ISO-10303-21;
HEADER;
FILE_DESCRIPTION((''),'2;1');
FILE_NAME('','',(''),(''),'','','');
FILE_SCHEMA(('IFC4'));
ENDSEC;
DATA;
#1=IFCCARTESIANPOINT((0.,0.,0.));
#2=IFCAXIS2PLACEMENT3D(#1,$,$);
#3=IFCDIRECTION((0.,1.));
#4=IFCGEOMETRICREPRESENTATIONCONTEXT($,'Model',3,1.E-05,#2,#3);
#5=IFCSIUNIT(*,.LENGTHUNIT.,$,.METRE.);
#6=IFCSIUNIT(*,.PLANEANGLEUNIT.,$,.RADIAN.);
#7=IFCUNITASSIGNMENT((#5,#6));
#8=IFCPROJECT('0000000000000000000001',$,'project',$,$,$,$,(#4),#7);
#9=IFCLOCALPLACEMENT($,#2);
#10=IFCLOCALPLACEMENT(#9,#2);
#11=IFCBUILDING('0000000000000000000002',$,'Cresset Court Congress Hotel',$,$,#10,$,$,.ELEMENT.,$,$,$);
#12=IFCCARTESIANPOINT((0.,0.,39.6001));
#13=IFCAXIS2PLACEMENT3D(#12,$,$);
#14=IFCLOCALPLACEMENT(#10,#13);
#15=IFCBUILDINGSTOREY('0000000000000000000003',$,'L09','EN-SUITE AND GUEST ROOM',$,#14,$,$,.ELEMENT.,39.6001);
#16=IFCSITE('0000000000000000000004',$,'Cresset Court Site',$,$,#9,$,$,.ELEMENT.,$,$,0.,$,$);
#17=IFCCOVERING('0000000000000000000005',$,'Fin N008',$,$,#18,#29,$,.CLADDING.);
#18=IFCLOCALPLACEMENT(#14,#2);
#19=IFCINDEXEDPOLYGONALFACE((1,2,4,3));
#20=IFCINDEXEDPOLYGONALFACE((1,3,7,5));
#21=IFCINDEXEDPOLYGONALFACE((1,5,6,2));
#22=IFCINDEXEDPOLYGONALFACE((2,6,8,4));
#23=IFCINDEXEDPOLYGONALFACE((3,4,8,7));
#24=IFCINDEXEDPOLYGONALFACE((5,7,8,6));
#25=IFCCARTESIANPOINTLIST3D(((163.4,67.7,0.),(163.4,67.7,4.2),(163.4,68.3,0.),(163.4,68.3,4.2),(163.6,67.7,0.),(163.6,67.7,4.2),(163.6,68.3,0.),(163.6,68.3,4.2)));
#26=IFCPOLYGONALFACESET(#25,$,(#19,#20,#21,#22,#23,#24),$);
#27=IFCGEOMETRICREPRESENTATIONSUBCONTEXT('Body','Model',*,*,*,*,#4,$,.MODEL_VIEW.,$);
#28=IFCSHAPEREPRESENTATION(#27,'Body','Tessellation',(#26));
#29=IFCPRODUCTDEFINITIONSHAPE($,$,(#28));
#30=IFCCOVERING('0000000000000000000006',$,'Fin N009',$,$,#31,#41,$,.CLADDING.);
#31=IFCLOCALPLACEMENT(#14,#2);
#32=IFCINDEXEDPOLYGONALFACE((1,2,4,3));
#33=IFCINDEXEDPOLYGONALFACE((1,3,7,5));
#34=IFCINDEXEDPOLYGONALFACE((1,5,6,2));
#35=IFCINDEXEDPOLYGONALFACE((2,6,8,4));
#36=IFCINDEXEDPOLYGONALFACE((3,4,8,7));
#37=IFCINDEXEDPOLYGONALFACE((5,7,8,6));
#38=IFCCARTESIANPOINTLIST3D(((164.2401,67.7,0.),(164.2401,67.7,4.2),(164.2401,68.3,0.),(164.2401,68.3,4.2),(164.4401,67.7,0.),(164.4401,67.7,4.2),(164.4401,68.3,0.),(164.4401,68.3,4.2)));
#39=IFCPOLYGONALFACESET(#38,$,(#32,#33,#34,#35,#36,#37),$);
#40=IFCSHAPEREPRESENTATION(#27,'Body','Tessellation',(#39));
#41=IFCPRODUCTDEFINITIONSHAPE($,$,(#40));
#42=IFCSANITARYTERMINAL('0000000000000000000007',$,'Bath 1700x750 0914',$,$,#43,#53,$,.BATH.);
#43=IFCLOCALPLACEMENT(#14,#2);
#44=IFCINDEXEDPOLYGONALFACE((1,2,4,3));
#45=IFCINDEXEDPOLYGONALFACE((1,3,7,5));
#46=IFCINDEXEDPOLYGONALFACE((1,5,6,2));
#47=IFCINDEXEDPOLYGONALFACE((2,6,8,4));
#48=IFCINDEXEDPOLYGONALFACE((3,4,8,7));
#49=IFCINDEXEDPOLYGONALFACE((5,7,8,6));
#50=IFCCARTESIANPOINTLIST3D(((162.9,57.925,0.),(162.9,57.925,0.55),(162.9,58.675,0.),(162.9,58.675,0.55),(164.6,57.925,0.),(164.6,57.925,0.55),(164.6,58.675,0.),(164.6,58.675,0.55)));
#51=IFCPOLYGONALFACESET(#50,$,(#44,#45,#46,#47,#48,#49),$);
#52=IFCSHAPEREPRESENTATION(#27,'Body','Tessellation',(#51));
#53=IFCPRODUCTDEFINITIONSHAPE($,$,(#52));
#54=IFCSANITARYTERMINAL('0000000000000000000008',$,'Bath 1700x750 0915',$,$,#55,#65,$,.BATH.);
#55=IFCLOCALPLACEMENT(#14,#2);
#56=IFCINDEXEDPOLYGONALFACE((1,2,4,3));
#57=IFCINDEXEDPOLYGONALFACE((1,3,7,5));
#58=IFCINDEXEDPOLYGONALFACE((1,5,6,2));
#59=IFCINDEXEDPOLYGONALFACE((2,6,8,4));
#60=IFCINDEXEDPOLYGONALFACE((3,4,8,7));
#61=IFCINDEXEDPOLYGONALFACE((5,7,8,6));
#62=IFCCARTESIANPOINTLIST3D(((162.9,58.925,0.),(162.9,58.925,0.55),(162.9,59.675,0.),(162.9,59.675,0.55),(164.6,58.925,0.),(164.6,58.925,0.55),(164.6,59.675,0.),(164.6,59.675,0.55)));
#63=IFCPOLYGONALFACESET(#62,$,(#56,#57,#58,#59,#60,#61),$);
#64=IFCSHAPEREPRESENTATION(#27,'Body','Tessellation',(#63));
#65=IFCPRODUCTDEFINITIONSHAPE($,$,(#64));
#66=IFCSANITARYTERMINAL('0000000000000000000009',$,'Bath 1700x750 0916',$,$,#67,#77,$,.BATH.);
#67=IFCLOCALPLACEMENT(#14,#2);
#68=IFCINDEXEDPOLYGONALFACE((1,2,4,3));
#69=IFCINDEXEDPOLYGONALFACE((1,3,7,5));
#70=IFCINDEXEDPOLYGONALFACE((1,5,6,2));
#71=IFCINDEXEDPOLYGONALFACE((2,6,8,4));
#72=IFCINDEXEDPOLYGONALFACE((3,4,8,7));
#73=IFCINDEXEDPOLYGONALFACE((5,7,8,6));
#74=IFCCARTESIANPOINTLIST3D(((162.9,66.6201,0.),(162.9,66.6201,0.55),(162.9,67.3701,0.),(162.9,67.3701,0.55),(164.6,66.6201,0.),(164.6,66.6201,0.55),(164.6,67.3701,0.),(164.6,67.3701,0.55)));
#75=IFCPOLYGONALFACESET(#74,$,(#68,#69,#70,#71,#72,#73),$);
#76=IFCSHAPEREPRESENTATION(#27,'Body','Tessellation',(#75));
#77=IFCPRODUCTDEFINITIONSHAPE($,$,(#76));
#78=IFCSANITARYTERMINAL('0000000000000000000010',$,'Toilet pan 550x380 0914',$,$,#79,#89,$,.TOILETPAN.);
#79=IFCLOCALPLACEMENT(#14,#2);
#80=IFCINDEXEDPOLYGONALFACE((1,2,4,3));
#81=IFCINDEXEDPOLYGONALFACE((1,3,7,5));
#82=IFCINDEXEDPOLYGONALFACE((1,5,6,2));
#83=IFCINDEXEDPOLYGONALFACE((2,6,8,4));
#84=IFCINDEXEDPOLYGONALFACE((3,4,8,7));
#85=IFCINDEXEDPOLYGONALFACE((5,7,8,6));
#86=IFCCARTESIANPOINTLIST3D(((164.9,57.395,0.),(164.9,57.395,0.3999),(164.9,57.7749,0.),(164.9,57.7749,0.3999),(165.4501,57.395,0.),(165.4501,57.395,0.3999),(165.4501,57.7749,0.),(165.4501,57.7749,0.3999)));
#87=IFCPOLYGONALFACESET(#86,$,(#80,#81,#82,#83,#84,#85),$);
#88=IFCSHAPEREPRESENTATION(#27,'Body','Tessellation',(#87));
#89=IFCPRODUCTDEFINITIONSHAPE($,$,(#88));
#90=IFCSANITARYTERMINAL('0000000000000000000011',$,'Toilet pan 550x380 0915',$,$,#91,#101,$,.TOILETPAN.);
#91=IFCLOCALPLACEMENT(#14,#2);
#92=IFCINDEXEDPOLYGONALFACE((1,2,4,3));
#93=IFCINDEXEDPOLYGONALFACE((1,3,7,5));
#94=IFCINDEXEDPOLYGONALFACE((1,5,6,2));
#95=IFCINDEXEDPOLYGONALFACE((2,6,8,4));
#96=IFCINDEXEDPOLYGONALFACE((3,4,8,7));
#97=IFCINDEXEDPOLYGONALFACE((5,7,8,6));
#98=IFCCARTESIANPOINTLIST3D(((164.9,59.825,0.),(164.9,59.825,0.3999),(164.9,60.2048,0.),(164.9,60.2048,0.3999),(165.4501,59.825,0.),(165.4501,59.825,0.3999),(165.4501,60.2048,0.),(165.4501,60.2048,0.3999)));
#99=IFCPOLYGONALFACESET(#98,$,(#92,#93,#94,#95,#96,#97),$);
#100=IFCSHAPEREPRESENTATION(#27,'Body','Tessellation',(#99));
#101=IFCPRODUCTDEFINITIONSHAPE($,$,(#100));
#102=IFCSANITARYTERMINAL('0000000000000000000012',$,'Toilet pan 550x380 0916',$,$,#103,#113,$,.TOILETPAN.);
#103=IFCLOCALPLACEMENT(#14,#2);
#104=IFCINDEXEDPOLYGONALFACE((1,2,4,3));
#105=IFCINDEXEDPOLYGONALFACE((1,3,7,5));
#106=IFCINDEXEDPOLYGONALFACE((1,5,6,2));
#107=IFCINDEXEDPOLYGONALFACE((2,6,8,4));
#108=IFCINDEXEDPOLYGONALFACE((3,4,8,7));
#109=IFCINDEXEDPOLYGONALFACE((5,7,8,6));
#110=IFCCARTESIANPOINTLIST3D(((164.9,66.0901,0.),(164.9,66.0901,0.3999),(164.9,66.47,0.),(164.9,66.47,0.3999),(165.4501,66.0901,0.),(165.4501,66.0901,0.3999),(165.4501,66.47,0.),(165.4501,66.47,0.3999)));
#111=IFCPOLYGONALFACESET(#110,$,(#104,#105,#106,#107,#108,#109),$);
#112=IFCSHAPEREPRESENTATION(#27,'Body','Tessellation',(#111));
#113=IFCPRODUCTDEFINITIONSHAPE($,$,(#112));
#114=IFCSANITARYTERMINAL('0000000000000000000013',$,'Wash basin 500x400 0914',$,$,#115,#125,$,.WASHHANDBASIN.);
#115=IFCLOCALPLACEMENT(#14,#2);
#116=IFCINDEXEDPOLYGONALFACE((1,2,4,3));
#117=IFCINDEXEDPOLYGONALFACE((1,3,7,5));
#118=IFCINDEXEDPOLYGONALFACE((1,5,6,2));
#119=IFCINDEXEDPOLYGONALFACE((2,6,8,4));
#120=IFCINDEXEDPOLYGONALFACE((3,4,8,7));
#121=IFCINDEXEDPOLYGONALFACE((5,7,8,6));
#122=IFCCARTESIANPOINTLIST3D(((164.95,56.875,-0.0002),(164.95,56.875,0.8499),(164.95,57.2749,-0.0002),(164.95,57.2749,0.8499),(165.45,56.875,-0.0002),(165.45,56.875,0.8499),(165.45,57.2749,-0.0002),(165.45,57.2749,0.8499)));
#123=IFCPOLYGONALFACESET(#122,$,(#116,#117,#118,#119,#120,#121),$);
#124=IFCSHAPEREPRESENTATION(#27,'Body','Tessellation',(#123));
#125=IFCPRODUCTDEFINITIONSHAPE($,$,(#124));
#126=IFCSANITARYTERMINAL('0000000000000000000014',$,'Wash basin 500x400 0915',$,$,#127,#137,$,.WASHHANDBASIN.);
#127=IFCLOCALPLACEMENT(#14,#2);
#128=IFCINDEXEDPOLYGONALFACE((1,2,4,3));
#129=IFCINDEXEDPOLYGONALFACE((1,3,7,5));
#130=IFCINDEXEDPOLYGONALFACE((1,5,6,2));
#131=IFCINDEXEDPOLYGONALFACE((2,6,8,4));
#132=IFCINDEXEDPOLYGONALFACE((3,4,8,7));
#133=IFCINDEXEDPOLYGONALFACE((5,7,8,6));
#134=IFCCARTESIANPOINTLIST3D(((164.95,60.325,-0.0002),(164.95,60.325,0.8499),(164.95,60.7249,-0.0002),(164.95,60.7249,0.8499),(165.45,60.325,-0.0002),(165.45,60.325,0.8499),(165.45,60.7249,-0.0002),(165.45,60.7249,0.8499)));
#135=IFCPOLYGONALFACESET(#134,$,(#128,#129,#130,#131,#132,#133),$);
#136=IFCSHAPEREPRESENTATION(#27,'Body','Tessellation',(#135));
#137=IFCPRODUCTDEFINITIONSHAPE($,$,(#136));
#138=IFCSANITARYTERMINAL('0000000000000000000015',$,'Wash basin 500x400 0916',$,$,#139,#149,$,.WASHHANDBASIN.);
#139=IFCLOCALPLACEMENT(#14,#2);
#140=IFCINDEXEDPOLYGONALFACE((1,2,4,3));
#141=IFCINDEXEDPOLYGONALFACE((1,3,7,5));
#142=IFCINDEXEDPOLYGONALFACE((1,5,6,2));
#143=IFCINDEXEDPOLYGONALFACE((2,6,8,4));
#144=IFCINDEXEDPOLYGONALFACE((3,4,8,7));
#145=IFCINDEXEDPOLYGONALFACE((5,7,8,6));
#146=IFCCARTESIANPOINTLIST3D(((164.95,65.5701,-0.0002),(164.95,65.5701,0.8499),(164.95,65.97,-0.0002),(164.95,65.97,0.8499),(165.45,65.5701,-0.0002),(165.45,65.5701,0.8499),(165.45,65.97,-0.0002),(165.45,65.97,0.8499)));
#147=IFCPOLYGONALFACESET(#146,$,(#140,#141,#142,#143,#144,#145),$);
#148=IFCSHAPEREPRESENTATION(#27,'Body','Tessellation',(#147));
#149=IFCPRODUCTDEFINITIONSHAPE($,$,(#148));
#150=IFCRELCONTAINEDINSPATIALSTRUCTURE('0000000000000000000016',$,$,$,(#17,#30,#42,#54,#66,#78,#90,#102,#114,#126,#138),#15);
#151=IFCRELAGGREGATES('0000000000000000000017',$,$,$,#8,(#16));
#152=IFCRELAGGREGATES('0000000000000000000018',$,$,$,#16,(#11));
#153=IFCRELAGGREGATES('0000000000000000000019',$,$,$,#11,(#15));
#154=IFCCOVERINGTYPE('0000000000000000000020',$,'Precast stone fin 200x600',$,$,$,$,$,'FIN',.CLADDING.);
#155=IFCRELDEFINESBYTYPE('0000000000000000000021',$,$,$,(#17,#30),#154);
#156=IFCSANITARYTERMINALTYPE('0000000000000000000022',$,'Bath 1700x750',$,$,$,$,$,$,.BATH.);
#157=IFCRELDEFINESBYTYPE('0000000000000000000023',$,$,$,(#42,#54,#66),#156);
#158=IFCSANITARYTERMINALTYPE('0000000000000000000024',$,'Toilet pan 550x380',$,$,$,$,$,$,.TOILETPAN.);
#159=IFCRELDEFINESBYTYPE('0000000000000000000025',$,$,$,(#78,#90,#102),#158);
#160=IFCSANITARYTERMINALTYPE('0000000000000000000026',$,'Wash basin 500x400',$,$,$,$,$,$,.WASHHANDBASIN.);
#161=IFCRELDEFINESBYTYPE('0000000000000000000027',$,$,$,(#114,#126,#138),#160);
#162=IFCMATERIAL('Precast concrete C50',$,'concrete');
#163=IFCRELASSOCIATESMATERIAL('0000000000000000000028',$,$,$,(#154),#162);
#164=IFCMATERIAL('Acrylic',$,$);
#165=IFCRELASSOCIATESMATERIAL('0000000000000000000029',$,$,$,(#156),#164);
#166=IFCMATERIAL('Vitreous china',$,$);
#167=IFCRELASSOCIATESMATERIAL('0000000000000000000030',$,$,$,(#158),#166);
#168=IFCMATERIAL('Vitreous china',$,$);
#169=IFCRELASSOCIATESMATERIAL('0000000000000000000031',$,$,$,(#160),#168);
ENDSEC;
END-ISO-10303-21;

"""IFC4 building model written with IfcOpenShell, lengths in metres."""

from ifc_helpers import new_model, si_unit, direction, frame, origin, origin_2d, place, context, subcontext, project, spatial, rectangle, extrude, material, type_object, element, save


model = new_model("IFC4")

# Units and contexts
model_context = context("Model", 3, precision=1e-05, world=origin(), true_north=direction((0.0, 1.0)))
body_context = subcontext(model_context, "Body", "Model", "MODEL_VIEW")
ifc_project = project(units=[si_unit("LENGTHUNIT", "METRE"), si_unit("PLANEANGLEUNIT", "RADIAN")], contexts=[model_context])

# Site, building, storey
site_placement = place(None, origin())
site = spatial("IfcSite", under=ifc_project, at=site_placement, Name="Cresset Court Site", CompositionType="ELEMENT", RefElevation=0.0)
building_placement = place(site_placement, origin())
building = spatial("IfcBuilding", under=site, at=building_placement, Name="Cresset Court Congress Hotel", CompositionType="ELEMENT")
storey_placement = place(building_placement, frame((0.0, 0.0, 39.6001)))
storey = spatial("IfcBuildingStorey", under=building, at=storey_placement, Name="L09", Description="EN-SUITE AND GUEST ROOM", CompositionType="ELEMENT", Elevation=39.6001)

# Coverings
ifc_material_1 = material(Name="Precast concrete C50", Category="concrete")
covering_type = type_object("IfcCoveringType", Name="Precast stone fin 200x600", ElementType="FIN", PredefinedType="CLADDING", material=ifc_material_1)
for number, where, z_axis, x_axis, name in (
    (1, (163.5, 68.0, 0.0), (0.0, 0.0, 1.0), (1.0, 0.0, 0.0), "Fin N008"),
    (2, (164.3401, 68.0, 0.0), (0.0, 0.0, 1.0), (1.0, 0.0, 0.0), "Fin N009"),
):
    element("IfcCovering", number, at=place(storey_placement, frame(where, z_axis=z_axis, x_axis=x_axis)), inside=storey, type_object=covering_type, Name=name, PredefinedType="CLADDING", context=body_context, shape_type="SweptSolid", body=[
        extrude(rectangle(XDim=0.2, YDim=0.6001, at=origin_2d()), origin(), (0.0, 0.0, 1.0), 4.2),
    ])

# Sanitary terminals
ifc_material_2 = material(Name="Acrylic")
sanitary_terminal_type_1 = type_object("IfcSanitaryTerminalType", Name="Bath 1700x750", PredefinedType="BATH", material=ifc_material_2)
for number, where, z_axis, x_axis, name in (
    (3, (163.75, 58.3, 0.0), (0.0, 0.0, 1.0), (1.0, 0.0, 0.0), "Bath 1700x750 0914"),
    (4, (163.75, 59.3, 0.0), (0.0, 0.0, 1.0), (1.0, 0.0, 0.0), "Bath 1700x750 0915"),
    (5, (163.75, 66.9951, 0.0), (0.0, 0.0, 1.0), (1.0, 0.0, 0.0), "Bath 1700x750 0916"),
):
    element("IfcSanitaryTerminal", number, at=place(storey_placement, frame(where, z_axis=z_axis, x_axis=x_axis)), inside=storey, type_object=sanitary_terminal_type_1, Name=name, PredefinedType="BATH", context=body_context, shape_type="SweptSolid", body=[
        extrude(rectangle(XDim=1.7, YDim=0.75, at=origin_2d()), origin(), (0.0, 0.0, 1.0), 0.55),
    ])
ifc_material_3 = material(Name="Vitreous china")
sanitary_terminal_type_2 = type_object("IfcSanitaryTerminalType", Name="Toilet pan 550x380", PredefinedType="TOILETPAN", material=ifc_material_3)
for number, where, z_axis, x_axis, name in (
    (6, (165.175, 57.585, 0.0), (0.0, 0.0, 1.0), (1.0, 0.0, 0.0), "Toilet pan 550x380 0914"),
    (7, (165.175, 60.0149, 0.0), (0.0, 0.0, 1.0), (1.0, 0.0, 0.0), "Toilet pan 550x380 0915"),
    (8, (165.175, 66.28, 0.0), (0.0, 0.0, 1.0), (1.0, 0.0, 0.0), "Toilet pan 550x380 0916"),
):
    element("IfcSanitaryTerminal", number, at=place(storey_placement, frame(where, z_axis=z_axis, x_axis=x_axis)), inside=storey, type_object=sanitary_terminal_type_2, Name=name, PredefinedType="TOILETPAN", context=body_context, shape_type="SweptSolid", body=[
        extrude(rectangle(XDim=0.55, YDim=0.3799, at=origin_2d()), origin(), (0.0, 0.0, 1.0), 0.3999),
    ])
ifc_material_4 = material(Name="Vitreous china")
sanitary_terminal_type_3 = type_object("IfcSanitaryTerminalType", Name="Wash basin 500x400", PredefinedType="WASHHANDBASIN", material=ifc_material_4)
for number, where, z_axis, x_axis, name in (
    (9, (165.2, 57.075, -0.0002), (0.0, 0.0, 1.0), (1.0, 0.0, 0.0), "Wash basin 500x400 0914"),
    (10, (165.2, 60.5249, -0.0002), (0.0, 0.0, 1.0), (1.0, 0.0, 0.0), "Wash basin 500x400 0915"),
    (11, (165.2, 65.77, -0.0002), (0.0, 0.0, 1.0), (1.0, 0.0, 0.0), "Wash basin 500x400 0916"),
):
    element("IfcSanitaryTerminal", number, at=place(storey_placement, frame(where, z_axis=z_axis, x_axis=x_axis)), inside=storey, type_object=sanitary_terminal_type_3, Name=name, PredefinedType="WASHHANDBASIN", context=body_context, shape_type="SweptSolid", body=[
        extrude(rectangle(XDim=0.5, YDim=0.3999, at=origin_2d()), origin(), (0.0, 0.0, 1.0), 0.8501),
    ])

save(model, "model.ifc")
